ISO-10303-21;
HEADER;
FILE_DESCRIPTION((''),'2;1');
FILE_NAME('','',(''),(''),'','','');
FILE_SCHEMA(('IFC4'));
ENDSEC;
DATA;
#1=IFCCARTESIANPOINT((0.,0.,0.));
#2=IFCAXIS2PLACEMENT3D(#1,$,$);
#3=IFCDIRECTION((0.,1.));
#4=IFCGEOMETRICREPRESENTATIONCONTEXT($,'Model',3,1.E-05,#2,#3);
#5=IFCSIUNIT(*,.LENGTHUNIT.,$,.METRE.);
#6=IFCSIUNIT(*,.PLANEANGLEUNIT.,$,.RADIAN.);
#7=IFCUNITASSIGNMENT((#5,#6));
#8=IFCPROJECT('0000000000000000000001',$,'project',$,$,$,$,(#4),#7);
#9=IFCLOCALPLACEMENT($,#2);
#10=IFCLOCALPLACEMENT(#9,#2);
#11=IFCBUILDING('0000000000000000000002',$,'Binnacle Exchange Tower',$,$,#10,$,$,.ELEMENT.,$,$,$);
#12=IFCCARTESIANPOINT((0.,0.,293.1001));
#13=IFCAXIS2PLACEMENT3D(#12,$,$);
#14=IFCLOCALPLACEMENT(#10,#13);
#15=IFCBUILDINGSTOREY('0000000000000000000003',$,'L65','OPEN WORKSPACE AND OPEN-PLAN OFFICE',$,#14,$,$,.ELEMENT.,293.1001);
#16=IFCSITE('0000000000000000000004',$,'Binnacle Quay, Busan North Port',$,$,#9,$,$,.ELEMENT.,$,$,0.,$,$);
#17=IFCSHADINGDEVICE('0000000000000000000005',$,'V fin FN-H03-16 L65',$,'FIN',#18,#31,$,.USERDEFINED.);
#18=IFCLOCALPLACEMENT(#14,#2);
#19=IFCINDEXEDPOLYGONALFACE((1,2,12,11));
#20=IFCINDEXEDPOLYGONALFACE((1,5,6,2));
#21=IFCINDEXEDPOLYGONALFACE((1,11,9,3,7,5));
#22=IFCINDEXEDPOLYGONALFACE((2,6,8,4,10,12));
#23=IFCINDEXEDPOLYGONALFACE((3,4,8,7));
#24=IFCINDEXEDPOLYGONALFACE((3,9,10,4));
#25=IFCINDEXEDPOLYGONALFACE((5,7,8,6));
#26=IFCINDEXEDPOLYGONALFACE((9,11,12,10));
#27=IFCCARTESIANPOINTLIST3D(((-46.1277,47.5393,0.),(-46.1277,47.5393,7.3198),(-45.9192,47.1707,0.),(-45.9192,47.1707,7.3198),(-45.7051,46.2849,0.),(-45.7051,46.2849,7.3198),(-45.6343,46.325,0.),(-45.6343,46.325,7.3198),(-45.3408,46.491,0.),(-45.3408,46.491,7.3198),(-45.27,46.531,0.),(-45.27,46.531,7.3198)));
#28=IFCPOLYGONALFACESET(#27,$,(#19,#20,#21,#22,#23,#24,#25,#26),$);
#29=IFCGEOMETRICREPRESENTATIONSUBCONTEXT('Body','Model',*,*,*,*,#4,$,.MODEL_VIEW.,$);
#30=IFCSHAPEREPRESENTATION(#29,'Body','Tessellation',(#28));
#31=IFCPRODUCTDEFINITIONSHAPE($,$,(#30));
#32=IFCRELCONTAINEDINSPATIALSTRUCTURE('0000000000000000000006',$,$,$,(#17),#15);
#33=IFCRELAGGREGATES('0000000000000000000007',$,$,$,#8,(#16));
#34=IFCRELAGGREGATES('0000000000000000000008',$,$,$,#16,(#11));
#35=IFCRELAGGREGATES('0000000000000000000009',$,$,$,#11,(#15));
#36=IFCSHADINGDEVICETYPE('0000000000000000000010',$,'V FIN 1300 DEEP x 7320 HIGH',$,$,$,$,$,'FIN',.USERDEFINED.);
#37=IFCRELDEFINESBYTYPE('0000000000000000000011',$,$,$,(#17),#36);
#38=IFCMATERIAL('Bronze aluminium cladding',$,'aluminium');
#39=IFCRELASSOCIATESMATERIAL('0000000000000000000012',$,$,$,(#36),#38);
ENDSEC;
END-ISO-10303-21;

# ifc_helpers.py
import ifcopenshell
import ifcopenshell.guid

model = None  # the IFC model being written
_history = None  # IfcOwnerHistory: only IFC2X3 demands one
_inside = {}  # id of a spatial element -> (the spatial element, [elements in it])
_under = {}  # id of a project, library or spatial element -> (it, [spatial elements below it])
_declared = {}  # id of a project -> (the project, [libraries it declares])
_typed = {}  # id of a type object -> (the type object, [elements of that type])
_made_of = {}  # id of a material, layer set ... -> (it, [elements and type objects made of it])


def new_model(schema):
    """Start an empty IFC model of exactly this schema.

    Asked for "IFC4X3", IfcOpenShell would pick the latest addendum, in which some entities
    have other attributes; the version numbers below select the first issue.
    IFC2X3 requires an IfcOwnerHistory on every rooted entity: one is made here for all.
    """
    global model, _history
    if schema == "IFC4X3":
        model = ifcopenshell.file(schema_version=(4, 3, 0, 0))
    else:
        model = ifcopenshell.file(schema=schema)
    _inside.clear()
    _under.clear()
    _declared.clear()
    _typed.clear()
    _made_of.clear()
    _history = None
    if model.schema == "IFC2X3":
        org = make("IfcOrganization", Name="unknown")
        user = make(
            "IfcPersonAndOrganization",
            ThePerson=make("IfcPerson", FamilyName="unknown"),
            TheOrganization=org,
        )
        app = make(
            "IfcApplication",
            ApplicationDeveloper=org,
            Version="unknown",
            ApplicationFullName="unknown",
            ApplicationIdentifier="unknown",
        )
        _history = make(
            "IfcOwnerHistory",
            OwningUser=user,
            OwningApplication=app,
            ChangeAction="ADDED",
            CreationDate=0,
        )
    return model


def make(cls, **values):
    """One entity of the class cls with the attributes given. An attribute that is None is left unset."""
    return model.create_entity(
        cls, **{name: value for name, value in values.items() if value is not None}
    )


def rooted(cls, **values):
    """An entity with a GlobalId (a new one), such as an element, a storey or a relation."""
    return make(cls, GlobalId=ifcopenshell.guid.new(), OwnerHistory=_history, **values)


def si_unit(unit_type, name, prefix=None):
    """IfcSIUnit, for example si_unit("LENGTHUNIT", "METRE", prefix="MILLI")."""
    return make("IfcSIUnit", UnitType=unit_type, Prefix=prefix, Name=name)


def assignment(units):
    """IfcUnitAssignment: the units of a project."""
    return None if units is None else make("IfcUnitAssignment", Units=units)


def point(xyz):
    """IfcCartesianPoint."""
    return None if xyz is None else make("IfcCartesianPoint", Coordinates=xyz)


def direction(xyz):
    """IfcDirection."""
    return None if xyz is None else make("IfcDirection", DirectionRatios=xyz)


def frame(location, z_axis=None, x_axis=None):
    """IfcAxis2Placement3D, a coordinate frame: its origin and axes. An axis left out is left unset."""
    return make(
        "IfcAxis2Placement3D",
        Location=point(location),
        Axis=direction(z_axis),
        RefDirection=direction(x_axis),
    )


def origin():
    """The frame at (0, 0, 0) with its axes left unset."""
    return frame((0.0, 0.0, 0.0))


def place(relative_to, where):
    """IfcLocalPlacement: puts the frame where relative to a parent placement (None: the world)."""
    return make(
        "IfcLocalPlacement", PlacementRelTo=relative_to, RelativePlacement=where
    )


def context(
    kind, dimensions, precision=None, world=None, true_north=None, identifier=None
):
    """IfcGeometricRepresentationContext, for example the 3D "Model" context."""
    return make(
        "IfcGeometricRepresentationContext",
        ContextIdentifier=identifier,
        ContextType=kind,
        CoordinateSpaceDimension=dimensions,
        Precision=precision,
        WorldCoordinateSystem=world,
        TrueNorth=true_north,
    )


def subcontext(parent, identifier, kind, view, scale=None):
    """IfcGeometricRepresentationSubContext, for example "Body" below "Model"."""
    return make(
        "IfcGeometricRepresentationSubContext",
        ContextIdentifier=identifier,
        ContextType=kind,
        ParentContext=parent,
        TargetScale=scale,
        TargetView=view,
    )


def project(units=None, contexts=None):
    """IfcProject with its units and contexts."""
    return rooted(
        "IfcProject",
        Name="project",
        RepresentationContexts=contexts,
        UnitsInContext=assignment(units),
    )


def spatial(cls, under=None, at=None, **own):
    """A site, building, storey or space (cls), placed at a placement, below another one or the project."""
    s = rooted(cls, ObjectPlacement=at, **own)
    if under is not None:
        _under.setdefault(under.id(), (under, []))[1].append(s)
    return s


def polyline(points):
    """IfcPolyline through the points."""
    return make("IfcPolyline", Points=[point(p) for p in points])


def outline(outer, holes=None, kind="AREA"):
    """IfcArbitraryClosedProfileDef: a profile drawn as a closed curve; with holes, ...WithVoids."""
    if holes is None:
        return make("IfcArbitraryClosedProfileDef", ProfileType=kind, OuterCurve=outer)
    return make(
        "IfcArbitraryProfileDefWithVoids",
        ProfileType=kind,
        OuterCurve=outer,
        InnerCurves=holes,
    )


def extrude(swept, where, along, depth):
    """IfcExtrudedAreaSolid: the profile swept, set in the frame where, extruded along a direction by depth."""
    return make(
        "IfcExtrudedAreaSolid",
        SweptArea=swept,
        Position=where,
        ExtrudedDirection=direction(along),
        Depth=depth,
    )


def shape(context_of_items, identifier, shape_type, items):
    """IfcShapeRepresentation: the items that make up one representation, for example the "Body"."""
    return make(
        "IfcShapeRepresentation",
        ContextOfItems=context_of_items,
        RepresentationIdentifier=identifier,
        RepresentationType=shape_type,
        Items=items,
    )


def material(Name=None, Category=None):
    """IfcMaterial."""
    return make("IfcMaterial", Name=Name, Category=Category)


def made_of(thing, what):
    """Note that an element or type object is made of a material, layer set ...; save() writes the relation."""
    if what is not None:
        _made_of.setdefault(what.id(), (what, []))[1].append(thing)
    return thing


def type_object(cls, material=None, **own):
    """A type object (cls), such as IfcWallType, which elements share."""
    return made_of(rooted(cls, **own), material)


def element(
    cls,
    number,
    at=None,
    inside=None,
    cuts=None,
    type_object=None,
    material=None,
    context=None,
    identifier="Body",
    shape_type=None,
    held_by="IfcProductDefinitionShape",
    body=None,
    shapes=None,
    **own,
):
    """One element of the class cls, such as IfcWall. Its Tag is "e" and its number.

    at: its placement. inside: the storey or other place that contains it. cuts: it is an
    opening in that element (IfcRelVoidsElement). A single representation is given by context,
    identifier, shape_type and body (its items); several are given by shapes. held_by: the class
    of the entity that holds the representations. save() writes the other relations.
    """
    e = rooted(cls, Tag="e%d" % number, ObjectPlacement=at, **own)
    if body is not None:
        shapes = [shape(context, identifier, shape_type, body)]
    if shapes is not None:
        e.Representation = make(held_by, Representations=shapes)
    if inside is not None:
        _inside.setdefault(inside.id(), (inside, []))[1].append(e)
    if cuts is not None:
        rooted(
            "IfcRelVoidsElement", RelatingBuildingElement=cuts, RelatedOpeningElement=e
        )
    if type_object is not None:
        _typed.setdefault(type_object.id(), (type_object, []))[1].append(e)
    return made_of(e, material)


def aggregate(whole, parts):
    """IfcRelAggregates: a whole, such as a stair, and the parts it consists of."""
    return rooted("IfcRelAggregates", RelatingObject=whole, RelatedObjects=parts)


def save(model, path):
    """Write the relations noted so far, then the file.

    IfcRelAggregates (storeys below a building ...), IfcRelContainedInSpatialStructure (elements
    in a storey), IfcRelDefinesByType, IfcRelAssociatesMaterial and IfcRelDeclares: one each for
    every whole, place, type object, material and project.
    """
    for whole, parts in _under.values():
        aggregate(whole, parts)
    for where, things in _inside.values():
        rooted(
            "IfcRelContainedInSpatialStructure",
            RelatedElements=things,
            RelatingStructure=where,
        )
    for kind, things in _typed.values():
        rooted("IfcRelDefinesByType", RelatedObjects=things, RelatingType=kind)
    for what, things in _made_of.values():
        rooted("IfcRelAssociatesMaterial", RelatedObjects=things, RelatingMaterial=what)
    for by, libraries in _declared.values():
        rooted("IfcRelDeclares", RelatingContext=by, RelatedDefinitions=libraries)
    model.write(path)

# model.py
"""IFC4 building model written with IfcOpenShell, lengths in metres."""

from ifc_helpers import new_model, si_unit, direction, frame, origin, place, context, subcontext, project, spatial, polyline, outline, extrude, material, type_object, element, save


model = new_model("IFC4")

# Units and contexts
model_context = context("Model", 3, precision=1e-05, world=origin(), true_north=direction((0.0, 1.0)))
body_context = subcontext(model_context, "Body", "Model", "MODEL_VIEW")
ifc_project = project(units=[si_unit("LENGTHUNIT", "METRE"), si_unit("PLANEANGLEUNIT", "RADIAN")], contexts=[model_context])

# Site, building, storey
site_placement = place(None, origin())
site = spatial("IfcSite", under=ifc_project, at=site_placement, Name="Binnacle Quay, Busan North Port", CompositionType="ELEMENT", RefElevation=0.0)
building_placement = place(site_placement, origin())
building = spatial("IfcBuilding", under=site, at=building_placement, Name="Binnacle Exchange Tower", CompositionType="ELEMENT")
storey_placement = place(building_placement, frame((0.0, 0.0, 293.1001)))
storey = spatial("IfcBuildingStorey", under=building, at=storey_placement, Name="L65", Description="OPEN WORKSPACE AND OPEN-PLAN OFFICE", CompositionType="ELEMENT", Elevation=293.1001)

# Shading device
ifc_material_1 = material(Name="Bronze aluminium cladding", Category="aluminium")
shading_device_type = type_object("IfcShadingDeviceType", Name="V FIN 1300 DEEP x 7320 HIGH", ElementType="FIN", PredefinedType="USERDEFINED", material=ifc_material_1)
shading_device_1_placement = place(storey_placement, origin())
element("IfcShadingDevice", 1, at=shading_device_1_placement, inside=storey, type_object=shading_device_type, Name="V fin FN-H03-16 L65", ObjectType="FIN", PredefinedType="USERDEFINED", context=body_context, shape_type="SweptSolid", body=[
    extrude(outline(polyline([(-45.27, 46.531), (-46.1277, 47.5393), (-45.7051, 46.2849), (-45.6343, 46.325), (-45.9192, 47.1707), (-45.3408, 46.491), (-45.27, 46.531)])), origin(), (0.0, 0.0, 1.0), 7.3198),
])

save(model, "model.ifc")
